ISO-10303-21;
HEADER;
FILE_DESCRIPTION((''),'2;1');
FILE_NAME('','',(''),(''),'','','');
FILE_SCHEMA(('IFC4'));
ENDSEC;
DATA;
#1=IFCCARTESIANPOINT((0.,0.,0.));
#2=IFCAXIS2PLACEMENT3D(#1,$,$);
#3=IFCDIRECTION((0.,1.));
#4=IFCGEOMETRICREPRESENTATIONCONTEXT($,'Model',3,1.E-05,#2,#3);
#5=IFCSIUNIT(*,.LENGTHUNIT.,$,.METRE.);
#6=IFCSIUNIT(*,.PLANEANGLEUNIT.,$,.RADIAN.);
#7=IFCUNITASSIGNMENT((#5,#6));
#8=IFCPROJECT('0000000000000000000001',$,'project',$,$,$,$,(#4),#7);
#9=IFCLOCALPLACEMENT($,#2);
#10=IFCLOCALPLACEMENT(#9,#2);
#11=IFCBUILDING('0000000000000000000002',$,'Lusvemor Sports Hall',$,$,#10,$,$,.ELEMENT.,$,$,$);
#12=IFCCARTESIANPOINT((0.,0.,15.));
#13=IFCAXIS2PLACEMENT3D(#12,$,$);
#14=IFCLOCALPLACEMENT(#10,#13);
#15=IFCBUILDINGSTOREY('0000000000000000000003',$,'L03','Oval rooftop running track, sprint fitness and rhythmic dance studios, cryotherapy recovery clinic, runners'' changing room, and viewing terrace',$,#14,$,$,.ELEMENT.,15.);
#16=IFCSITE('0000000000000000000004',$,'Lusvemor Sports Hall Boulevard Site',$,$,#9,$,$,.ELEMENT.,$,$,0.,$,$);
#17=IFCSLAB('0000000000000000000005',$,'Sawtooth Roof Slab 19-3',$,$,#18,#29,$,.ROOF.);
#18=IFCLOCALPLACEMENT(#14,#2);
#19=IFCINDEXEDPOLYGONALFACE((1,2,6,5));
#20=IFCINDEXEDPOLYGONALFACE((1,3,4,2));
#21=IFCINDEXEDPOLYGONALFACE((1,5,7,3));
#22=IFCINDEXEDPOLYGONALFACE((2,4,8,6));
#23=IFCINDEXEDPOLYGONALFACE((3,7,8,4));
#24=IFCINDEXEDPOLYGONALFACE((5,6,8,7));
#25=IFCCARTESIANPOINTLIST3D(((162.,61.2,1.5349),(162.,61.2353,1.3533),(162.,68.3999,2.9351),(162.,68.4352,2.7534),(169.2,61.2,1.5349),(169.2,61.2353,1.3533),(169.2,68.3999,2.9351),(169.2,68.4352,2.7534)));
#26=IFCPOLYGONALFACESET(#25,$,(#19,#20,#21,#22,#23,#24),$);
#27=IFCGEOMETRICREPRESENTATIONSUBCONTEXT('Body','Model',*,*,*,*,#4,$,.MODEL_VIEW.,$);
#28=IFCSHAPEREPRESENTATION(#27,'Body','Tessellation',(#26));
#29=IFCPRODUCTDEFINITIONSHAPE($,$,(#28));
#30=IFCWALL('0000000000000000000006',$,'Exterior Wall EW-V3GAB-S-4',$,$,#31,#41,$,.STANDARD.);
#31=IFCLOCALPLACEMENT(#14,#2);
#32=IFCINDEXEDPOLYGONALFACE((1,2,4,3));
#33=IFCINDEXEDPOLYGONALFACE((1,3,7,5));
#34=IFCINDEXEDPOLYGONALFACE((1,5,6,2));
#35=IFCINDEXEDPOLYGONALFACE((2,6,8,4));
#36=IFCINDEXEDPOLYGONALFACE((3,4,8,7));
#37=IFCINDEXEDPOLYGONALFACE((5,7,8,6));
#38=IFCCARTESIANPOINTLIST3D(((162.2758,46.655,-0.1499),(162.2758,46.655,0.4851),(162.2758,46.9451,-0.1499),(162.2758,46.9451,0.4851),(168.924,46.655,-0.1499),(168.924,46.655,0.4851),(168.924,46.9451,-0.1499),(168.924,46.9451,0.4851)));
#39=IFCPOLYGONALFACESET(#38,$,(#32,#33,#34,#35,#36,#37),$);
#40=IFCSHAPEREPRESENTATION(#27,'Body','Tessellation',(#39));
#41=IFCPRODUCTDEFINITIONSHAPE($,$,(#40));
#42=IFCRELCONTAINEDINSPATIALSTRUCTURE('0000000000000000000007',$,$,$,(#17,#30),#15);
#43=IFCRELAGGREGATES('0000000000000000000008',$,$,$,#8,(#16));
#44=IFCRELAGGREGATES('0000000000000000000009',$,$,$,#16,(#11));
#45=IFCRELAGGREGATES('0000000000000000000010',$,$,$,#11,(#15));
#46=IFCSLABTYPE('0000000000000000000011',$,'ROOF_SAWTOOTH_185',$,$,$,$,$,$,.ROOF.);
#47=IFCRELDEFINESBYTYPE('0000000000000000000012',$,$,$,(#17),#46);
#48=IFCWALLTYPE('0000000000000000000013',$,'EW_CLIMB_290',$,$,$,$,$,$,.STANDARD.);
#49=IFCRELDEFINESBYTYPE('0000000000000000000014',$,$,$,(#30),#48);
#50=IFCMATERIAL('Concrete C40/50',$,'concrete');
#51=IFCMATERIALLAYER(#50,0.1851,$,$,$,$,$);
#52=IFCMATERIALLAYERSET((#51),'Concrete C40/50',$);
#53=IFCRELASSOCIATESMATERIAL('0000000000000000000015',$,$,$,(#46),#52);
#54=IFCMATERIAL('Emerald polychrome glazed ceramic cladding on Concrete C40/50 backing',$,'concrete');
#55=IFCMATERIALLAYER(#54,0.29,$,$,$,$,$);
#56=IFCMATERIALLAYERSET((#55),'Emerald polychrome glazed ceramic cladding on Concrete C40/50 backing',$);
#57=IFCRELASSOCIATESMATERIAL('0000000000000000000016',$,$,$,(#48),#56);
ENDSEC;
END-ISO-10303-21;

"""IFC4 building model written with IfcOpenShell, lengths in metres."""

from ifc_helpers import new_model, si_unit, direction, frame, frame_2d, origin, place, context, subcontext, project, spatial, polyline, rectangle, outline, extrude, material, layer, layer_set, type_object, element, save


model = new_model("IFC4")

# Units and contexts
model_context = context("Model", 3, precision=1e-05, world=origin(), true_north=direction((0.0, 1.0)))
body_context = subcontext(model_context, "Body", "Model", "MODEL_VIEW")
ifc_project = project(units=[si_unit("LENGTHUNIT", "METRE"), si_unit("PLANEANGLEUNIT", "RADIAN")], contexts=[model_context])

# Site, building, storey
site_placement = place(None, origin())
site = spatial("IfcSite", under=ifc_project, at=site_placement, Name="Lusvemor Sports Hall Boulevard Site", CompositionType="ELEMENT", RefElevation=0.0)
building_placement = place(site_placement, origin())
building = spatial("IfcBuilding", under=site, at=building_placement, Name="Lusvemor Sports Hall", CompositionType="ELEMENT")
storey_placement = place(building_placement, frame((0.0, 0.0, 15.0)))
storey = spatial("IfcBuildingStorey", under=building, at=storey_placement, Name="L03", Description="Oval rooftop running track, sprint fitness and rhythmic dance studios, cryotherapy recovery clinic, runners' changing room, and viewing terrace", CompositionType="ELEMENT", Elevation=15.0)

# Slab
ifc_material_1 = material(Name="Concrete C40/50", Category="concrete")
ifc_layer_1 = layer(ifc_material_1, 0.1851)
ifc_layer_set_1 = layer_set([ifc_layer_1], Name="Concrete C40/50")
slab_type = type_object("IfcSlabType", Name="ROOF_SAWTOOTH_185", PredefinedType="ROOF", material=ifc_layer_set_1)
for number, where, z_axis, x_axis, name in (
    (1, (162.0, 61.2, 1.5349), (0.0, -0.19089, 0.981611), (1.0, 0.0, 0.0), "Sawtooth Roof Slab 19-3"),
):
    element("IfcSlab", number, at=place(storey_placement, frame(where, z_axis=z_axis, x_axis=x_axis)), inside=storey, type_object=slab_type, Name=name, PredefinedType="ROOF", context=body_context, shape_type="SweptSolid", body=[
        extrude(outline(polyline([(0.0, 0.0), (7.2, 0.0), (7.2, 7.3348), (0.0, 7.3348), (0.0, 0.0)])), origin(), (0.0, 0.0, -1.0), 0.1851),
    ])

# Wall
ifc_material_2 = material(Name="Emerald polychrome glazed ceramic cladding on Concrete C40/50 backing", Category="concrete")
ifc_layer_2 = layer(ifc_material_2, 0.29)
ifc_layer_set_2 = layer_set([ifc_layer_2], Name="Emerald polychrome glazed ceramic cladding on Concrete C40/50 backing")
wall_type = type_object("IfcWallType", Name="EW_CLIMB_290", PredefinedType="STANDARD", material=ifc_layer_set_2)
wall_placement = place(storey_placement, frame((168.9241, 46.8, -0.1499), z_axis=(0.0, 0.0, 1.0), x_axis=(-1.0, 0.0, 0.0)))
element("IfcWall", 2, at=wall_placement, inside=storey, type_object=wall_type, Name="Exterior Wall EW-V3GAB-S-4", PredefinedType="STANDARD", context=body_context, shape_type="SweptSolid", body=[
    extrude(rectangle(XDim=6.6482, YDim=0.29, at=frame_2d((3.3242, 0.0))), origin(), (0.0, 0.0, 1.0), 0.635),
])

save(model, "model.ifc")
